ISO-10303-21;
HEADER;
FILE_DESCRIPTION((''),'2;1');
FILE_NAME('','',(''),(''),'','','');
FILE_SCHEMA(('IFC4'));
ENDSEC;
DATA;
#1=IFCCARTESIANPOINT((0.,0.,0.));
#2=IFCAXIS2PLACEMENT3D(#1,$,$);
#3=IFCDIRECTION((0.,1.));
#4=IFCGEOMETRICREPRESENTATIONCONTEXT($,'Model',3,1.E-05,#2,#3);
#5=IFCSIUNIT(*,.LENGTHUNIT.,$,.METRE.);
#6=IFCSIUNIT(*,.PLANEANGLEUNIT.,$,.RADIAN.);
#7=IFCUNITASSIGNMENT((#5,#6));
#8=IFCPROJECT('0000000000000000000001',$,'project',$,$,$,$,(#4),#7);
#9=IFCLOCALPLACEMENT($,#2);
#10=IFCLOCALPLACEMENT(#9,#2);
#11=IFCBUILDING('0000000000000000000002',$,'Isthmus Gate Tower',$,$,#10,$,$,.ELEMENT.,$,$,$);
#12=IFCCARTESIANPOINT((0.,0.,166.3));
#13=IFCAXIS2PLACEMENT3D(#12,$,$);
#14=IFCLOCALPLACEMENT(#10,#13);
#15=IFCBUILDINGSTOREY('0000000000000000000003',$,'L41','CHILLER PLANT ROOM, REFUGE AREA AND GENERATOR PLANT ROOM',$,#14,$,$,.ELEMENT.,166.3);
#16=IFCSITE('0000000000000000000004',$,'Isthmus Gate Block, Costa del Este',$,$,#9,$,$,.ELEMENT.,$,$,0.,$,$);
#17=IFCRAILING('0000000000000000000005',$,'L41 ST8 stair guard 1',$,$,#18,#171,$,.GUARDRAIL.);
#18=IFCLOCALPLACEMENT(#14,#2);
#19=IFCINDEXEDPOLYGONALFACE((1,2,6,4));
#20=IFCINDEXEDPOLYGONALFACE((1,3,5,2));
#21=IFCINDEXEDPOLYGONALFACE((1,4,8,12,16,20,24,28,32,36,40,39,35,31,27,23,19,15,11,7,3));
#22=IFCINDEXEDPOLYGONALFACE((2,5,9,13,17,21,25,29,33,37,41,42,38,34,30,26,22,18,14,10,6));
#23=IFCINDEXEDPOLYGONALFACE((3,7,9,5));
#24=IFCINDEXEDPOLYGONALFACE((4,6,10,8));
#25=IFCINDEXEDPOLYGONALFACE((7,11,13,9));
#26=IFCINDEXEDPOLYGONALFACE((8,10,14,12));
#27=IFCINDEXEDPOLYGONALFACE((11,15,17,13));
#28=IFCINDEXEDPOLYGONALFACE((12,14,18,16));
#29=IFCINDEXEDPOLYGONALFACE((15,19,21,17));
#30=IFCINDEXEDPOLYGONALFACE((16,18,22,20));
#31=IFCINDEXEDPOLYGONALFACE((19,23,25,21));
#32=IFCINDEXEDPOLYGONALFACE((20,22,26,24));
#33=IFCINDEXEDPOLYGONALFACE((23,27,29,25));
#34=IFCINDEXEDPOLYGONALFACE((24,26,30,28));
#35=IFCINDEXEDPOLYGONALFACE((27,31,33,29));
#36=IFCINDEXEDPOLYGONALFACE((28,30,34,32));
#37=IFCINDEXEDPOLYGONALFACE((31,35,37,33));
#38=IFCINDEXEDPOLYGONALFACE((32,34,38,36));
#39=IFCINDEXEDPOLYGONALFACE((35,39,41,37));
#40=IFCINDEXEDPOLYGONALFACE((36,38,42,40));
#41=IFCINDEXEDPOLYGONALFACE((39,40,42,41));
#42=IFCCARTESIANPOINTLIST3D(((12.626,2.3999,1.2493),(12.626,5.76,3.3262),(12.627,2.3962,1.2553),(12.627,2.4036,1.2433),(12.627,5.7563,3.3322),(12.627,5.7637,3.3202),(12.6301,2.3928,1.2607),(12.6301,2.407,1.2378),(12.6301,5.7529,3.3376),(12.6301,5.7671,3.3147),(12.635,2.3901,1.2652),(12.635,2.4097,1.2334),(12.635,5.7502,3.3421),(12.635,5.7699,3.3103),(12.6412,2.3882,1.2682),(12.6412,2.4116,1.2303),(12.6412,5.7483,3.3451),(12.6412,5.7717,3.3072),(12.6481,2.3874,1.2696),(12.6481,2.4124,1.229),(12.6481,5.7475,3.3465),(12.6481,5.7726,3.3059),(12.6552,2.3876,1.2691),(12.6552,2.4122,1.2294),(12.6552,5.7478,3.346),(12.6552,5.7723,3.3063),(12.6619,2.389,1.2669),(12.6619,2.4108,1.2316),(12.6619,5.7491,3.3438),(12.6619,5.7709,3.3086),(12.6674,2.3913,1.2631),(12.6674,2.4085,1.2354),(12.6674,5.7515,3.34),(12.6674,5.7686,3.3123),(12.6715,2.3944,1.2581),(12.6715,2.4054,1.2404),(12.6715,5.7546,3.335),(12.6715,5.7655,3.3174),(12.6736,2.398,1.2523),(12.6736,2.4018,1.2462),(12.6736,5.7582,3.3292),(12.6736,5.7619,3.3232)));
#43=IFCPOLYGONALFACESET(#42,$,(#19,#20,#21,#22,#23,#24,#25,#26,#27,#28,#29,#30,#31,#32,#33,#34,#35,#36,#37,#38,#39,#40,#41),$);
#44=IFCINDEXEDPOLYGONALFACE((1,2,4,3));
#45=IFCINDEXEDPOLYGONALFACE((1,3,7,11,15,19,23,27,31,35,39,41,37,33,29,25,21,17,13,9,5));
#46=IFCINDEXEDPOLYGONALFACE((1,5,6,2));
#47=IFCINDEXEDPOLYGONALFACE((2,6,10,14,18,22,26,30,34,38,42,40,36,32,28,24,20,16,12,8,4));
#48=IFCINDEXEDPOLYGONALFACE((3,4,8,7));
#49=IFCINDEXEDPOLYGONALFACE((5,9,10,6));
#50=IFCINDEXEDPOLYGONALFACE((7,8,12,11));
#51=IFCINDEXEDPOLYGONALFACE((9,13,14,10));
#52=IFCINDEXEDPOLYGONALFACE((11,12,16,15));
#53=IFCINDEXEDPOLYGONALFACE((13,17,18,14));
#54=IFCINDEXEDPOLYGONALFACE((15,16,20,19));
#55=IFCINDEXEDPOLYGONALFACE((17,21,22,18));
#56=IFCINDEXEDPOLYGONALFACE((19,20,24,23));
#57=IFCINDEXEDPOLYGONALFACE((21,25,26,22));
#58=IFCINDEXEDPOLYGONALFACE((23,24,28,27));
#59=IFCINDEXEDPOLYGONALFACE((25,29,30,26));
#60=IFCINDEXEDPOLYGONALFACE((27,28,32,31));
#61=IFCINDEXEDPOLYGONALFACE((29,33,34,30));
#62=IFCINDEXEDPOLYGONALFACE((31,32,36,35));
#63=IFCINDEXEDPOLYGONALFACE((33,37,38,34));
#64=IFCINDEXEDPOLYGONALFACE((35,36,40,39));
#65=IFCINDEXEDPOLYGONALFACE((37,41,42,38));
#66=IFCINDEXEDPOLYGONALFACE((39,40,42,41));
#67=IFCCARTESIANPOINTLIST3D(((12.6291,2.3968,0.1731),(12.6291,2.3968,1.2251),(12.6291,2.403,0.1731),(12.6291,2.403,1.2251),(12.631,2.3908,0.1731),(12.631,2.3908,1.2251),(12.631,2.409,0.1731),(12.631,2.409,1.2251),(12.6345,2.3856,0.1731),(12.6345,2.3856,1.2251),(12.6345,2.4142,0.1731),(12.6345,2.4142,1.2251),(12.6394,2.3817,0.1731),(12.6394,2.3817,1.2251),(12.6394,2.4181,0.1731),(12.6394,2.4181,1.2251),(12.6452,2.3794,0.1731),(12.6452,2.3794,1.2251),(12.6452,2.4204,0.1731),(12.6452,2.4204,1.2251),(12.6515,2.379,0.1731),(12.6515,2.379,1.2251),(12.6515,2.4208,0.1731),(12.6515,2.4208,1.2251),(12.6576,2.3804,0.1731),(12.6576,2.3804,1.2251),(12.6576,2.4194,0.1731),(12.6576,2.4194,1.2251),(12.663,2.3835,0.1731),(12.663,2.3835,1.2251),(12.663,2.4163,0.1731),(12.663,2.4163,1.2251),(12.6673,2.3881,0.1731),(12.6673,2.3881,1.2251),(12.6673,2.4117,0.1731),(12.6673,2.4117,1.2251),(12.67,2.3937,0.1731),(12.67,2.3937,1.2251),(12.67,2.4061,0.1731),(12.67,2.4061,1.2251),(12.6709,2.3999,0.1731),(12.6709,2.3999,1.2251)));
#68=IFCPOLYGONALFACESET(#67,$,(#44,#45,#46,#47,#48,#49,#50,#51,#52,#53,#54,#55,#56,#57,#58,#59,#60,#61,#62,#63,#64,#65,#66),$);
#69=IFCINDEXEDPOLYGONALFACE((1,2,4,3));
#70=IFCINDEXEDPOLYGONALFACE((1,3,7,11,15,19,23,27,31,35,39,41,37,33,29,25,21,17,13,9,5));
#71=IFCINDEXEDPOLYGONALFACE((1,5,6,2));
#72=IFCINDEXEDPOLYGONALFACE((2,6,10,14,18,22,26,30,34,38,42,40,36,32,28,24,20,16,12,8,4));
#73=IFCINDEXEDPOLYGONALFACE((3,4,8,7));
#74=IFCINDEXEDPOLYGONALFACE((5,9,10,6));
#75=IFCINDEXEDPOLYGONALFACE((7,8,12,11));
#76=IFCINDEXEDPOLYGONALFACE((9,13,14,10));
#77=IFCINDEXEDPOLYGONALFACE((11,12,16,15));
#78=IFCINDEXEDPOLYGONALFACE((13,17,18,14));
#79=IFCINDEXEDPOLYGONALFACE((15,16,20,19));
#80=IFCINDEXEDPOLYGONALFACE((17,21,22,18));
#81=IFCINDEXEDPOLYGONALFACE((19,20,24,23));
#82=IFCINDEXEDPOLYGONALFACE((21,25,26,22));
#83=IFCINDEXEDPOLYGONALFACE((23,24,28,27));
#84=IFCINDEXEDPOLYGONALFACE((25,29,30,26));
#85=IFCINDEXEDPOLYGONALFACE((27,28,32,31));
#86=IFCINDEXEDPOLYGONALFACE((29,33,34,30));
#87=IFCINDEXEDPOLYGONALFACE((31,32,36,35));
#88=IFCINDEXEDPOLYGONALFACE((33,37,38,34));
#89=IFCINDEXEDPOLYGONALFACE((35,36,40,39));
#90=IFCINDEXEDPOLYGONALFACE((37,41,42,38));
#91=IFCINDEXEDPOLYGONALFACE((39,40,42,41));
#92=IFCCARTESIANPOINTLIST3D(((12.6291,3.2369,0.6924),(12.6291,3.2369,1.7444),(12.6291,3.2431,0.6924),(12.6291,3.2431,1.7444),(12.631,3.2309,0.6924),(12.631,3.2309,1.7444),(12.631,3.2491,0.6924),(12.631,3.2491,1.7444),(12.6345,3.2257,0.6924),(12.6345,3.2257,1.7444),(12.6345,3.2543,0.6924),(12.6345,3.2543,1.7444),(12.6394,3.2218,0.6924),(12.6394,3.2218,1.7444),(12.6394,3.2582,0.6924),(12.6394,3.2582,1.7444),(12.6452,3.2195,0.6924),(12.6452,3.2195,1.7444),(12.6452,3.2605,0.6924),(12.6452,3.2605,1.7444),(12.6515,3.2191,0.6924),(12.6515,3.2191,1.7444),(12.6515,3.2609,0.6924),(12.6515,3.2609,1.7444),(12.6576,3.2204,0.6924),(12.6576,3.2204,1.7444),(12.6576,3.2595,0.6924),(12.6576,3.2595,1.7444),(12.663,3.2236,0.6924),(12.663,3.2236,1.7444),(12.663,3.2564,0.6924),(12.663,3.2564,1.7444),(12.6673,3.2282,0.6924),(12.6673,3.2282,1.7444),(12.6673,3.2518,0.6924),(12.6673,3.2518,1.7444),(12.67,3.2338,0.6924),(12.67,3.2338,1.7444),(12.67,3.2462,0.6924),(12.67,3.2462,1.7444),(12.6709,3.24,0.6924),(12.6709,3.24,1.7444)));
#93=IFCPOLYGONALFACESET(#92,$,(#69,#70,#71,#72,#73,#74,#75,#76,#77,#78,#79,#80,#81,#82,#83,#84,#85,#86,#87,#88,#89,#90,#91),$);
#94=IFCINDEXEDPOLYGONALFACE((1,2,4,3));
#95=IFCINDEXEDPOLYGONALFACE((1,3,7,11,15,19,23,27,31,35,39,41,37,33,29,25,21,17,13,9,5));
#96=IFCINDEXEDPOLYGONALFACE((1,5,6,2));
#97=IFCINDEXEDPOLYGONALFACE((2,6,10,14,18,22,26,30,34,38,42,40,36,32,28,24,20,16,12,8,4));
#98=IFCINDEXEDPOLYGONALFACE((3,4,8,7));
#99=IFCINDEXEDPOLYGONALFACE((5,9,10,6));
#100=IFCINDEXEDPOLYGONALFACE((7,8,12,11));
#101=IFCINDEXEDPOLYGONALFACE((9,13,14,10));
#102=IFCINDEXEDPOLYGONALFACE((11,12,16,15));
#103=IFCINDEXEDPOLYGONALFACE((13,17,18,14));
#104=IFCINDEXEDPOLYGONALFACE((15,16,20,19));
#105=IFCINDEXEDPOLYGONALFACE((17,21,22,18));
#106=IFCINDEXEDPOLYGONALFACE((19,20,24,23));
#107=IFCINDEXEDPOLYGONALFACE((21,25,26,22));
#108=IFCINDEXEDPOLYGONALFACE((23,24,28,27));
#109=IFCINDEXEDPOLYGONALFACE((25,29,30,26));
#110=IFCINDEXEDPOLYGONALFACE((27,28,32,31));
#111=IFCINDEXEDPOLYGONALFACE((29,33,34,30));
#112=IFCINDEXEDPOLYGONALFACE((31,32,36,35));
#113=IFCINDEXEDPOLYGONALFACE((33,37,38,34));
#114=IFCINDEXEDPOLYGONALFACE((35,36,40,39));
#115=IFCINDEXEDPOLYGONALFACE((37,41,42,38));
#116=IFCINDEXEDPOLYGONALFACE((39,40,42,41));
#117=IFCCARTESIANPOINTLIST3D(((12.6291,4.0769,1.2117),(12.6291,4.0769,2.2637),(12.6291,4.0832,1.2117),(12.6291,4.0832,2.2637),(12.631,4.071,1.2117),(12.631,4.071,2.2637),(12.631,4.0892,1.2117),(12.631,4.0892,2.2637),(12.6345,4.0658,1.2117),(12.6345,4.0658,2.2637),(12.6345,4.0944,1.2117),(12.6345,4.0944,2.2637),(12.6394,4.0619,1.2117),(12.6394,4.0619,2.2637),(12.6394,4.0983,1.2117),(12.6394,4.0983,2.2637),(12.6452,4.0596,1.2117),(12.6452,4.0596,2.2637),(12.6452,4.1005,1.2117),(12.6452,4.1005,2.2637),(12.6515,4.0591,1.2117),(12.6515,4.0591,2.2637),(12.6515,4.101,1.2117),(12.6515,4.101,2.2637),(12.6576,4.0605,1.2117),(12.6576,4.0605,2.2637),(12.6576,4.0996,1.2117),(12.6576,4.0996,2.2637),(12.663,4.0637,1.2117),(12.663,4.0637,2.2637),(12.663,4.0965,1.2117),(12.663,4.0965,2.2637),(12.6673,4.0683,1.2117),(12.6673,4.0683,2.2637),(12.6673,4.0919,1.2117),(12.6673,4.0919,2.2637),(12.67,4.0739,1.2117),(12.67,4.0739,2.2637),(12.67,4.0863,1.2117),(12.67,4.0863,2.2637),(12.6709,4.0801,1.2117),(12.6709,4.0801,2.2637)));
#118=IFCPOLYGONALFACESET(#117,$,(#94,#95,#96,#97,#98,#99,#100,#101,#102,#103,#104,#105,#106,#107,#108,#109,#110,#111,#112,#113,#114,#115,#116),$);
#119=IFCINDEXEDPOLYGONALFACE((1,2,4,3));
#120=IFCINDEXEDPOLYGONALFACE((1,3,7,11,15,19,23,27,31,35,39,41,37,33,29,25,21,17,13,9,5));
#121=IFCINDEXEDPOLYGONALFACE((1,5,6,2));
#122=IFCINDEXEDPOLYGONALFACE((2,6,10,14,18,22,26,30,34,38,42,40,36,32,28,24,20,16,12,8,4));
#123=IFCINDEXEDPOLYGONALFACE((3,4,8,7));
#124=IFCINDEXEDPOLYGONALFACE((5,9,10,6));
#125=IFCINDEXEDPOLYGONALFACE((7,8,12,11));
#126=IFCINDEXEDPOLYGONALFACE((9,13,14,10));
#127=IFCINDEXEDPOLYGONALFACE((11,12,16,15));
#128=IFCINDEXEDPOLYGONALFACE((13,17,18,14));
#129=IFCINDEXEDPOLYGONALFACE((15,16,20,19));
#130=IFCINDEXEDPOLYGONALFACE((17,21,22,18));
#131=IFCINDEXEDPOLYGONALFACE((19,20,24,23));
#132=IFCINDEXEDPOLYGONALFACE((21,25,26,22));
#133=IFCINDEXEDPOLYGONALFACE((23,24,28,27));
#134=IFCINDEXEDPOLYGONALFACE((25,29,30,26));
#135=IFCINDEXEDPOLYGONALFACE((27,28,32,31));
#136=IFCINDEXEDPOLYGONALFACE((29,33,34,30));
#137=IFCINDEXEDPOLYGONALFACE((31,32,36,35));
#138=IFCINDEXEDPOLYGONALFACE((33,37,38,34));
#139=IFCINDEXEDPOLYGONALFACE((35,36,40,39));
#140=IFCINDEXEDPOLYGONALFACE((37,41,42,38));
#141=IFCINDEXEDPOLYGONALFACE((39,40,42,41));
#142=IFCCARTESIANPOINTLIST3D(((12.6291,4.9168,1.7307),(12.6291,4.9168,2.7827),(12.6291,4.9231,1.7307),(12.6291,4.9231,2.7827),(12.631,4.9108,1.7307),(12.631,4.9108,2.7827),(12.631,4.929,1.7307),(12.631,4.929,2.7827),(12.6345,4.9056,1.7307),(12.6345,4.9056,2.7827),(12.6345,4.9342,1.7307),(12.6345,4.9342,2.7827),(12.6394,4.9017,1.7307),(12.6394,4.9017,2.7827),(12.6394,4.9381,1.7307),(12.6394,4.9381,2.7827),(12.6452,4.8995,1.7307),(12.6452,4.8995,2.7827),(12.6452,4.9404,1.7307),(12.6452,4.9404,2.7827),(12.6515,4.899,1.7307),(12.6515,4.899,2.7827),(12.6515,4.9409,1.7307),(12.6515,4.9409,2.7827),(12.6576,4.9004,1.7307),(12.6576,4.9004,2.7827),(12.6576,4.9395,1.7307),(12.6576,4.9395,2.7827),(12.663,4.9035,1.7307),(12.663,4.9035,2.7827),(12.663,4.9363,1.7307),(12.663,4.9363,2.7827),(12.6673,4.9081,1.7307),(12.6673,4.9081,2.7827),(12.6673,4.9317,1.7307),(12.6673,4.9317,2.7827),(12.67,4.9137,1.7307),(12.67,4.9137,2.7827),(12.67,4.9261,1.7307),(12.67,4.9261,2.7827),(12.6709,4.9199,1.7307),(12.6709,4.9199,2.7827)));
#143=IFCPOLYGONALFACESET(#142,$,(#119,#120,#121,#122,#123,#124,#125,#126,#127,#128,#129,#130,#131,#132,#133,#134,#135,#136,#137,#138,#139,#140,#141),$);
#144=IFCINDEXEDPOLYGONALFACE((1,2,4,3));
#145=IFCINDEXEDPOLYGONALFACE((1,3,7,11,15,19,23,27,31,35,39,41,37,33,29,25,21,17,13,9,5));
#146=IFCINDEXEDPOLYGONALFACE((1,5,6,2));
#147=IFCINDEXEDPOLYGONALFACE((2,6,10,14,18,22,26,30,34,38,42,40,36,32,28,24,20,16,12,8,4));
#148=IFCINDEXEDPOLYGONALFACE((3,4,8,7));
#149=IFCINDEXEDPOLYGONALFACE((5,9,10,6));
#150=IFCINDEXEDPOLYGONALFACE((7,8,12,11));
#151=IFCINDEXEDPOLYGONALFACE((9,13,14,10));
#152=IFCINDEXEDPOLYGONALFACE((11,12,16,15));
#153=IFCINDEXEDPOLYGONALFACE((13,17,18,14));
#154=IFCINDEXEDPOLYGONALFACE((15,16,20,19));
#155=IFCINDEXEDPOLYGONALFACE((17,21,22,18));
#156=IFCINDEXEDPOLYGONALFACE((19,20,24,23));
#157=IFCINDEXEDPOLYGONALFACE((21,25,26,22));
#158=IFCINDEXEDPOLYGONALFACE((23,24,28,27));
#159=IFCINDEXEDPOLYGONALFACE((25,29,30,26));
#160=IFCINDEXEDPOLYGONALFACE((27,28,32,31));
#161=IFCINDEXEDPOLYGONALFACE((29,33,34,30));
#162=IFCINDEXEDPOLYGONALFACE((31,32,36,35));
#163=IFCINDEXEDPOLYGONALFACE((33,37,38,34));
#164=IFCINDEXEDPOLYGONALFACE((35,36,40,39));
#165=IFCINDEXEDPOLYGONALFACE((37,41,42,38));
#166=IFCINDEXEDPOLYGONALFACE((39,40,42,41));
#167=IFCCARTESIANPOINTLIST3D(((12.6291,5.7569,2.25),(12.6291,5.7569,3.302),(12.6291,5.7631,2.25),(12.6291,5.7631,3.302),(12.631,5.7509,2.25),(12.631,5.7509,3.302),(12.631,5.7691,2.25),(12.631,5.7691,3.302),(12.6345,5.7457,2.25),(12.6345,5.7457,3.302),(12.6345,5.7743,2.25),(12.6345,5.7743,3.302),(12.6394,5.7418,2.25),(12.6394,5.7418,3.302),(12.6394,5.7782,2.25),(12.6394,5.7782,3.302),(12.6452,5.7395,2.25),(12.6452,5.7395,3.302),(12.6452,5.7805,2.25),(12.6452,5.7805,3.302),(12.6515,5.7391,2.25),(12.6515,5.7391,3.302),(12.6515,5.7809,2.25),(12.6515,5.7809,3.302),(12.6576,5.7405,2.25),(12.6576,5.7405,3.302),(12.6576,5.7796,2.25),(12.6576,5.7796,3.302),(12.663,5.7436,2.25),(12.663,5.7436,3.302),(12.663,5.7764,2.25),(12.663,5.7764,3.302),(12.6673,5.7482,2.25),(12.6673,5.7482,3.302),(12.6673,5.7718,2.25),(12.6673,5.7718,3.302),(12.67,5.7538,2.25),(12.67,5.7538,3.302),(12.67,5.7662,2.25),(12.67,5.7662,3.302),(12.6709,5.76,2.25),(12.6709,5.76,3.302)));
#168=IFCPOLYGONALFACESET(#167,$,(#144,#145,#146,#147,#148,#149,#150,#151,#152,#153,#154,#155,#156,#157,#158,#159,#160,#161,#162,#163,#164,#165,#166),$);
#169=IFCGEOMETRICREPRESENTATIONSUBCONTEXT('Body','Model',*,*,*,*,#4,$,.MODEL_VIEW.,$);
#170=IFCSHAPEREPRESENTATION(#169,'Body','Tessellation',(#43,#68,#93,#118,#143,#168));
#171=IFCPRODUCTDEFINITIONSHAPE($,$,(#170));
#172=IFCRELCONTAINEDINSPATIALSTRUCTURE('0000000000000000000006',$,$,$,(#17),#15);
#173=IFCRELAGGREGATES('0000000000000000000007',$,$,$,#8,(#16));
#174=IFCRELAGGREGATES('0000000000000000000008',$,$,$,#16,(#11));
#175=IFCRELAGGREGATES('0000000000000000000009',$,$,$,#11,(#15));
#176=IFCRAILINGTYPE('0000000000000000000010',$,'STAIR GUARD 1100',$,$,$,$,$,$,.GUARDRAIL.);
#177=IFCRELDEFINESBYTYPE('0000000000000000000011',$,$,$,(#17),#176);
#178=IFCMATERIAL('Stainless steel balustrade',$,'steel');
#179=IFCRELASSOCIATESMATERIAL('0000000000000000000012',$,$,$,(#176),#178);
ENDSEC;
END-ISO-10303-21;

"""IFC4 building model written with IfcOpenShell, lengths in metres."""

from ifc_helpers import new_model, si_unit, direction, frame, origin, origin_2d, place, context, subcontext, project, spatial, circle, extrude, material, type_object, element, save


model = new_model("IFC4")

# Units and contexts
model_context = context("Model", 3, precision=1e-05, world=origin(), true_north=direction((0.0, 1.0)))
body_context = subcontext(model_context, "Body", "Model", "MODEL_VIEW")
ifc_project = project(units=[si_unit("LENGTHUNIT", "METRE"), si_unit("PLANEANGLEUNIT", "RADIAN")], contexts=[model_context])

# Site, building, storey
site_placement = place(None, origin())
site = spatial("IfcSite", under=ifc_project, at=site_placement, Name="Isthmus Gate Block, Costa del Este", CompositionType="ELEMENT", RefElevation=0.0)
building_placement = place(site_placement, origin())
building = spatial("IfcBuilding", under=site, at=building_placement, Name="Isthmus Gate Tower", CompositionType="ELEMENT")
storey_placement = place(building_placement, frame((0.0, 0.0, 166.3)))
storey = spatial("IfcBuildingStorey", under=building, at=storey_placement, Name="L41", Description="CHILLER PLANT ROOM, REFUGE AREA AND GENERATOR PLANT ROOM", CompositionType="ELEMENT", Elevation=166.3)

# Railing
ifc_material_1 = material(Name="Stainless steel balustrade", Category="steel")
railing_type_1 = type_object("IfcRailingType", Name="STAIR GUARD 1100", PredefinedType="GUARDRAIL", material=ifc_material_1)
for number, where, name in (
    (1, (12.6499, 2.3999, 0.1731), "L41 ST8 stair guard 1"),
):
    element("IfcRailing", number, at=place(storey_placement, frame(where)), inside=storey, type_object=railing_type_1, Name=name, PredefinedType="GUARDRAIL", context=body_context, shape_type="SweptSolid", body=[
        extrude(circle(Radius=0.0239, at=origin_2d()), frame((0.0, 0.0, 1.0762), z_axis=(0.0, 0.850623, 0.525776), x_axis=(-1.0, 0.0, 0.0)), (0.0, 0.0, 1.0), 3.9502),
        extrude(circle(Radius=0.021, at=origin_2d()), origin(), (0.0, 0.0, 1.0), 1.052),
        extrude(circle(Radius=0.021, at=origin_2d()), frame((0.0, 0.8401, 0.5193)), (0.0, 0.0, 1.0), 1.052),
        extrude(circle(Radius=0.021, at=origin_2d()), frame((0.0, 1.6802, 1.0386)), (0.0, 0.0, 1.0), 1.052),
        extrude(circle(Radius=0.021, at=origin_2d()), frame((0.0, 2.52, 1.5576)), (0.0, 0.0, 1.0), 1.052),
        extrude(circle(Radius=0.021, at=origin_2d()), frame((0.0, 3.3601, 2.0769)), (0.0, 0.0, 1.0), 1.052),
    ])

save(model, "model.ifc")
